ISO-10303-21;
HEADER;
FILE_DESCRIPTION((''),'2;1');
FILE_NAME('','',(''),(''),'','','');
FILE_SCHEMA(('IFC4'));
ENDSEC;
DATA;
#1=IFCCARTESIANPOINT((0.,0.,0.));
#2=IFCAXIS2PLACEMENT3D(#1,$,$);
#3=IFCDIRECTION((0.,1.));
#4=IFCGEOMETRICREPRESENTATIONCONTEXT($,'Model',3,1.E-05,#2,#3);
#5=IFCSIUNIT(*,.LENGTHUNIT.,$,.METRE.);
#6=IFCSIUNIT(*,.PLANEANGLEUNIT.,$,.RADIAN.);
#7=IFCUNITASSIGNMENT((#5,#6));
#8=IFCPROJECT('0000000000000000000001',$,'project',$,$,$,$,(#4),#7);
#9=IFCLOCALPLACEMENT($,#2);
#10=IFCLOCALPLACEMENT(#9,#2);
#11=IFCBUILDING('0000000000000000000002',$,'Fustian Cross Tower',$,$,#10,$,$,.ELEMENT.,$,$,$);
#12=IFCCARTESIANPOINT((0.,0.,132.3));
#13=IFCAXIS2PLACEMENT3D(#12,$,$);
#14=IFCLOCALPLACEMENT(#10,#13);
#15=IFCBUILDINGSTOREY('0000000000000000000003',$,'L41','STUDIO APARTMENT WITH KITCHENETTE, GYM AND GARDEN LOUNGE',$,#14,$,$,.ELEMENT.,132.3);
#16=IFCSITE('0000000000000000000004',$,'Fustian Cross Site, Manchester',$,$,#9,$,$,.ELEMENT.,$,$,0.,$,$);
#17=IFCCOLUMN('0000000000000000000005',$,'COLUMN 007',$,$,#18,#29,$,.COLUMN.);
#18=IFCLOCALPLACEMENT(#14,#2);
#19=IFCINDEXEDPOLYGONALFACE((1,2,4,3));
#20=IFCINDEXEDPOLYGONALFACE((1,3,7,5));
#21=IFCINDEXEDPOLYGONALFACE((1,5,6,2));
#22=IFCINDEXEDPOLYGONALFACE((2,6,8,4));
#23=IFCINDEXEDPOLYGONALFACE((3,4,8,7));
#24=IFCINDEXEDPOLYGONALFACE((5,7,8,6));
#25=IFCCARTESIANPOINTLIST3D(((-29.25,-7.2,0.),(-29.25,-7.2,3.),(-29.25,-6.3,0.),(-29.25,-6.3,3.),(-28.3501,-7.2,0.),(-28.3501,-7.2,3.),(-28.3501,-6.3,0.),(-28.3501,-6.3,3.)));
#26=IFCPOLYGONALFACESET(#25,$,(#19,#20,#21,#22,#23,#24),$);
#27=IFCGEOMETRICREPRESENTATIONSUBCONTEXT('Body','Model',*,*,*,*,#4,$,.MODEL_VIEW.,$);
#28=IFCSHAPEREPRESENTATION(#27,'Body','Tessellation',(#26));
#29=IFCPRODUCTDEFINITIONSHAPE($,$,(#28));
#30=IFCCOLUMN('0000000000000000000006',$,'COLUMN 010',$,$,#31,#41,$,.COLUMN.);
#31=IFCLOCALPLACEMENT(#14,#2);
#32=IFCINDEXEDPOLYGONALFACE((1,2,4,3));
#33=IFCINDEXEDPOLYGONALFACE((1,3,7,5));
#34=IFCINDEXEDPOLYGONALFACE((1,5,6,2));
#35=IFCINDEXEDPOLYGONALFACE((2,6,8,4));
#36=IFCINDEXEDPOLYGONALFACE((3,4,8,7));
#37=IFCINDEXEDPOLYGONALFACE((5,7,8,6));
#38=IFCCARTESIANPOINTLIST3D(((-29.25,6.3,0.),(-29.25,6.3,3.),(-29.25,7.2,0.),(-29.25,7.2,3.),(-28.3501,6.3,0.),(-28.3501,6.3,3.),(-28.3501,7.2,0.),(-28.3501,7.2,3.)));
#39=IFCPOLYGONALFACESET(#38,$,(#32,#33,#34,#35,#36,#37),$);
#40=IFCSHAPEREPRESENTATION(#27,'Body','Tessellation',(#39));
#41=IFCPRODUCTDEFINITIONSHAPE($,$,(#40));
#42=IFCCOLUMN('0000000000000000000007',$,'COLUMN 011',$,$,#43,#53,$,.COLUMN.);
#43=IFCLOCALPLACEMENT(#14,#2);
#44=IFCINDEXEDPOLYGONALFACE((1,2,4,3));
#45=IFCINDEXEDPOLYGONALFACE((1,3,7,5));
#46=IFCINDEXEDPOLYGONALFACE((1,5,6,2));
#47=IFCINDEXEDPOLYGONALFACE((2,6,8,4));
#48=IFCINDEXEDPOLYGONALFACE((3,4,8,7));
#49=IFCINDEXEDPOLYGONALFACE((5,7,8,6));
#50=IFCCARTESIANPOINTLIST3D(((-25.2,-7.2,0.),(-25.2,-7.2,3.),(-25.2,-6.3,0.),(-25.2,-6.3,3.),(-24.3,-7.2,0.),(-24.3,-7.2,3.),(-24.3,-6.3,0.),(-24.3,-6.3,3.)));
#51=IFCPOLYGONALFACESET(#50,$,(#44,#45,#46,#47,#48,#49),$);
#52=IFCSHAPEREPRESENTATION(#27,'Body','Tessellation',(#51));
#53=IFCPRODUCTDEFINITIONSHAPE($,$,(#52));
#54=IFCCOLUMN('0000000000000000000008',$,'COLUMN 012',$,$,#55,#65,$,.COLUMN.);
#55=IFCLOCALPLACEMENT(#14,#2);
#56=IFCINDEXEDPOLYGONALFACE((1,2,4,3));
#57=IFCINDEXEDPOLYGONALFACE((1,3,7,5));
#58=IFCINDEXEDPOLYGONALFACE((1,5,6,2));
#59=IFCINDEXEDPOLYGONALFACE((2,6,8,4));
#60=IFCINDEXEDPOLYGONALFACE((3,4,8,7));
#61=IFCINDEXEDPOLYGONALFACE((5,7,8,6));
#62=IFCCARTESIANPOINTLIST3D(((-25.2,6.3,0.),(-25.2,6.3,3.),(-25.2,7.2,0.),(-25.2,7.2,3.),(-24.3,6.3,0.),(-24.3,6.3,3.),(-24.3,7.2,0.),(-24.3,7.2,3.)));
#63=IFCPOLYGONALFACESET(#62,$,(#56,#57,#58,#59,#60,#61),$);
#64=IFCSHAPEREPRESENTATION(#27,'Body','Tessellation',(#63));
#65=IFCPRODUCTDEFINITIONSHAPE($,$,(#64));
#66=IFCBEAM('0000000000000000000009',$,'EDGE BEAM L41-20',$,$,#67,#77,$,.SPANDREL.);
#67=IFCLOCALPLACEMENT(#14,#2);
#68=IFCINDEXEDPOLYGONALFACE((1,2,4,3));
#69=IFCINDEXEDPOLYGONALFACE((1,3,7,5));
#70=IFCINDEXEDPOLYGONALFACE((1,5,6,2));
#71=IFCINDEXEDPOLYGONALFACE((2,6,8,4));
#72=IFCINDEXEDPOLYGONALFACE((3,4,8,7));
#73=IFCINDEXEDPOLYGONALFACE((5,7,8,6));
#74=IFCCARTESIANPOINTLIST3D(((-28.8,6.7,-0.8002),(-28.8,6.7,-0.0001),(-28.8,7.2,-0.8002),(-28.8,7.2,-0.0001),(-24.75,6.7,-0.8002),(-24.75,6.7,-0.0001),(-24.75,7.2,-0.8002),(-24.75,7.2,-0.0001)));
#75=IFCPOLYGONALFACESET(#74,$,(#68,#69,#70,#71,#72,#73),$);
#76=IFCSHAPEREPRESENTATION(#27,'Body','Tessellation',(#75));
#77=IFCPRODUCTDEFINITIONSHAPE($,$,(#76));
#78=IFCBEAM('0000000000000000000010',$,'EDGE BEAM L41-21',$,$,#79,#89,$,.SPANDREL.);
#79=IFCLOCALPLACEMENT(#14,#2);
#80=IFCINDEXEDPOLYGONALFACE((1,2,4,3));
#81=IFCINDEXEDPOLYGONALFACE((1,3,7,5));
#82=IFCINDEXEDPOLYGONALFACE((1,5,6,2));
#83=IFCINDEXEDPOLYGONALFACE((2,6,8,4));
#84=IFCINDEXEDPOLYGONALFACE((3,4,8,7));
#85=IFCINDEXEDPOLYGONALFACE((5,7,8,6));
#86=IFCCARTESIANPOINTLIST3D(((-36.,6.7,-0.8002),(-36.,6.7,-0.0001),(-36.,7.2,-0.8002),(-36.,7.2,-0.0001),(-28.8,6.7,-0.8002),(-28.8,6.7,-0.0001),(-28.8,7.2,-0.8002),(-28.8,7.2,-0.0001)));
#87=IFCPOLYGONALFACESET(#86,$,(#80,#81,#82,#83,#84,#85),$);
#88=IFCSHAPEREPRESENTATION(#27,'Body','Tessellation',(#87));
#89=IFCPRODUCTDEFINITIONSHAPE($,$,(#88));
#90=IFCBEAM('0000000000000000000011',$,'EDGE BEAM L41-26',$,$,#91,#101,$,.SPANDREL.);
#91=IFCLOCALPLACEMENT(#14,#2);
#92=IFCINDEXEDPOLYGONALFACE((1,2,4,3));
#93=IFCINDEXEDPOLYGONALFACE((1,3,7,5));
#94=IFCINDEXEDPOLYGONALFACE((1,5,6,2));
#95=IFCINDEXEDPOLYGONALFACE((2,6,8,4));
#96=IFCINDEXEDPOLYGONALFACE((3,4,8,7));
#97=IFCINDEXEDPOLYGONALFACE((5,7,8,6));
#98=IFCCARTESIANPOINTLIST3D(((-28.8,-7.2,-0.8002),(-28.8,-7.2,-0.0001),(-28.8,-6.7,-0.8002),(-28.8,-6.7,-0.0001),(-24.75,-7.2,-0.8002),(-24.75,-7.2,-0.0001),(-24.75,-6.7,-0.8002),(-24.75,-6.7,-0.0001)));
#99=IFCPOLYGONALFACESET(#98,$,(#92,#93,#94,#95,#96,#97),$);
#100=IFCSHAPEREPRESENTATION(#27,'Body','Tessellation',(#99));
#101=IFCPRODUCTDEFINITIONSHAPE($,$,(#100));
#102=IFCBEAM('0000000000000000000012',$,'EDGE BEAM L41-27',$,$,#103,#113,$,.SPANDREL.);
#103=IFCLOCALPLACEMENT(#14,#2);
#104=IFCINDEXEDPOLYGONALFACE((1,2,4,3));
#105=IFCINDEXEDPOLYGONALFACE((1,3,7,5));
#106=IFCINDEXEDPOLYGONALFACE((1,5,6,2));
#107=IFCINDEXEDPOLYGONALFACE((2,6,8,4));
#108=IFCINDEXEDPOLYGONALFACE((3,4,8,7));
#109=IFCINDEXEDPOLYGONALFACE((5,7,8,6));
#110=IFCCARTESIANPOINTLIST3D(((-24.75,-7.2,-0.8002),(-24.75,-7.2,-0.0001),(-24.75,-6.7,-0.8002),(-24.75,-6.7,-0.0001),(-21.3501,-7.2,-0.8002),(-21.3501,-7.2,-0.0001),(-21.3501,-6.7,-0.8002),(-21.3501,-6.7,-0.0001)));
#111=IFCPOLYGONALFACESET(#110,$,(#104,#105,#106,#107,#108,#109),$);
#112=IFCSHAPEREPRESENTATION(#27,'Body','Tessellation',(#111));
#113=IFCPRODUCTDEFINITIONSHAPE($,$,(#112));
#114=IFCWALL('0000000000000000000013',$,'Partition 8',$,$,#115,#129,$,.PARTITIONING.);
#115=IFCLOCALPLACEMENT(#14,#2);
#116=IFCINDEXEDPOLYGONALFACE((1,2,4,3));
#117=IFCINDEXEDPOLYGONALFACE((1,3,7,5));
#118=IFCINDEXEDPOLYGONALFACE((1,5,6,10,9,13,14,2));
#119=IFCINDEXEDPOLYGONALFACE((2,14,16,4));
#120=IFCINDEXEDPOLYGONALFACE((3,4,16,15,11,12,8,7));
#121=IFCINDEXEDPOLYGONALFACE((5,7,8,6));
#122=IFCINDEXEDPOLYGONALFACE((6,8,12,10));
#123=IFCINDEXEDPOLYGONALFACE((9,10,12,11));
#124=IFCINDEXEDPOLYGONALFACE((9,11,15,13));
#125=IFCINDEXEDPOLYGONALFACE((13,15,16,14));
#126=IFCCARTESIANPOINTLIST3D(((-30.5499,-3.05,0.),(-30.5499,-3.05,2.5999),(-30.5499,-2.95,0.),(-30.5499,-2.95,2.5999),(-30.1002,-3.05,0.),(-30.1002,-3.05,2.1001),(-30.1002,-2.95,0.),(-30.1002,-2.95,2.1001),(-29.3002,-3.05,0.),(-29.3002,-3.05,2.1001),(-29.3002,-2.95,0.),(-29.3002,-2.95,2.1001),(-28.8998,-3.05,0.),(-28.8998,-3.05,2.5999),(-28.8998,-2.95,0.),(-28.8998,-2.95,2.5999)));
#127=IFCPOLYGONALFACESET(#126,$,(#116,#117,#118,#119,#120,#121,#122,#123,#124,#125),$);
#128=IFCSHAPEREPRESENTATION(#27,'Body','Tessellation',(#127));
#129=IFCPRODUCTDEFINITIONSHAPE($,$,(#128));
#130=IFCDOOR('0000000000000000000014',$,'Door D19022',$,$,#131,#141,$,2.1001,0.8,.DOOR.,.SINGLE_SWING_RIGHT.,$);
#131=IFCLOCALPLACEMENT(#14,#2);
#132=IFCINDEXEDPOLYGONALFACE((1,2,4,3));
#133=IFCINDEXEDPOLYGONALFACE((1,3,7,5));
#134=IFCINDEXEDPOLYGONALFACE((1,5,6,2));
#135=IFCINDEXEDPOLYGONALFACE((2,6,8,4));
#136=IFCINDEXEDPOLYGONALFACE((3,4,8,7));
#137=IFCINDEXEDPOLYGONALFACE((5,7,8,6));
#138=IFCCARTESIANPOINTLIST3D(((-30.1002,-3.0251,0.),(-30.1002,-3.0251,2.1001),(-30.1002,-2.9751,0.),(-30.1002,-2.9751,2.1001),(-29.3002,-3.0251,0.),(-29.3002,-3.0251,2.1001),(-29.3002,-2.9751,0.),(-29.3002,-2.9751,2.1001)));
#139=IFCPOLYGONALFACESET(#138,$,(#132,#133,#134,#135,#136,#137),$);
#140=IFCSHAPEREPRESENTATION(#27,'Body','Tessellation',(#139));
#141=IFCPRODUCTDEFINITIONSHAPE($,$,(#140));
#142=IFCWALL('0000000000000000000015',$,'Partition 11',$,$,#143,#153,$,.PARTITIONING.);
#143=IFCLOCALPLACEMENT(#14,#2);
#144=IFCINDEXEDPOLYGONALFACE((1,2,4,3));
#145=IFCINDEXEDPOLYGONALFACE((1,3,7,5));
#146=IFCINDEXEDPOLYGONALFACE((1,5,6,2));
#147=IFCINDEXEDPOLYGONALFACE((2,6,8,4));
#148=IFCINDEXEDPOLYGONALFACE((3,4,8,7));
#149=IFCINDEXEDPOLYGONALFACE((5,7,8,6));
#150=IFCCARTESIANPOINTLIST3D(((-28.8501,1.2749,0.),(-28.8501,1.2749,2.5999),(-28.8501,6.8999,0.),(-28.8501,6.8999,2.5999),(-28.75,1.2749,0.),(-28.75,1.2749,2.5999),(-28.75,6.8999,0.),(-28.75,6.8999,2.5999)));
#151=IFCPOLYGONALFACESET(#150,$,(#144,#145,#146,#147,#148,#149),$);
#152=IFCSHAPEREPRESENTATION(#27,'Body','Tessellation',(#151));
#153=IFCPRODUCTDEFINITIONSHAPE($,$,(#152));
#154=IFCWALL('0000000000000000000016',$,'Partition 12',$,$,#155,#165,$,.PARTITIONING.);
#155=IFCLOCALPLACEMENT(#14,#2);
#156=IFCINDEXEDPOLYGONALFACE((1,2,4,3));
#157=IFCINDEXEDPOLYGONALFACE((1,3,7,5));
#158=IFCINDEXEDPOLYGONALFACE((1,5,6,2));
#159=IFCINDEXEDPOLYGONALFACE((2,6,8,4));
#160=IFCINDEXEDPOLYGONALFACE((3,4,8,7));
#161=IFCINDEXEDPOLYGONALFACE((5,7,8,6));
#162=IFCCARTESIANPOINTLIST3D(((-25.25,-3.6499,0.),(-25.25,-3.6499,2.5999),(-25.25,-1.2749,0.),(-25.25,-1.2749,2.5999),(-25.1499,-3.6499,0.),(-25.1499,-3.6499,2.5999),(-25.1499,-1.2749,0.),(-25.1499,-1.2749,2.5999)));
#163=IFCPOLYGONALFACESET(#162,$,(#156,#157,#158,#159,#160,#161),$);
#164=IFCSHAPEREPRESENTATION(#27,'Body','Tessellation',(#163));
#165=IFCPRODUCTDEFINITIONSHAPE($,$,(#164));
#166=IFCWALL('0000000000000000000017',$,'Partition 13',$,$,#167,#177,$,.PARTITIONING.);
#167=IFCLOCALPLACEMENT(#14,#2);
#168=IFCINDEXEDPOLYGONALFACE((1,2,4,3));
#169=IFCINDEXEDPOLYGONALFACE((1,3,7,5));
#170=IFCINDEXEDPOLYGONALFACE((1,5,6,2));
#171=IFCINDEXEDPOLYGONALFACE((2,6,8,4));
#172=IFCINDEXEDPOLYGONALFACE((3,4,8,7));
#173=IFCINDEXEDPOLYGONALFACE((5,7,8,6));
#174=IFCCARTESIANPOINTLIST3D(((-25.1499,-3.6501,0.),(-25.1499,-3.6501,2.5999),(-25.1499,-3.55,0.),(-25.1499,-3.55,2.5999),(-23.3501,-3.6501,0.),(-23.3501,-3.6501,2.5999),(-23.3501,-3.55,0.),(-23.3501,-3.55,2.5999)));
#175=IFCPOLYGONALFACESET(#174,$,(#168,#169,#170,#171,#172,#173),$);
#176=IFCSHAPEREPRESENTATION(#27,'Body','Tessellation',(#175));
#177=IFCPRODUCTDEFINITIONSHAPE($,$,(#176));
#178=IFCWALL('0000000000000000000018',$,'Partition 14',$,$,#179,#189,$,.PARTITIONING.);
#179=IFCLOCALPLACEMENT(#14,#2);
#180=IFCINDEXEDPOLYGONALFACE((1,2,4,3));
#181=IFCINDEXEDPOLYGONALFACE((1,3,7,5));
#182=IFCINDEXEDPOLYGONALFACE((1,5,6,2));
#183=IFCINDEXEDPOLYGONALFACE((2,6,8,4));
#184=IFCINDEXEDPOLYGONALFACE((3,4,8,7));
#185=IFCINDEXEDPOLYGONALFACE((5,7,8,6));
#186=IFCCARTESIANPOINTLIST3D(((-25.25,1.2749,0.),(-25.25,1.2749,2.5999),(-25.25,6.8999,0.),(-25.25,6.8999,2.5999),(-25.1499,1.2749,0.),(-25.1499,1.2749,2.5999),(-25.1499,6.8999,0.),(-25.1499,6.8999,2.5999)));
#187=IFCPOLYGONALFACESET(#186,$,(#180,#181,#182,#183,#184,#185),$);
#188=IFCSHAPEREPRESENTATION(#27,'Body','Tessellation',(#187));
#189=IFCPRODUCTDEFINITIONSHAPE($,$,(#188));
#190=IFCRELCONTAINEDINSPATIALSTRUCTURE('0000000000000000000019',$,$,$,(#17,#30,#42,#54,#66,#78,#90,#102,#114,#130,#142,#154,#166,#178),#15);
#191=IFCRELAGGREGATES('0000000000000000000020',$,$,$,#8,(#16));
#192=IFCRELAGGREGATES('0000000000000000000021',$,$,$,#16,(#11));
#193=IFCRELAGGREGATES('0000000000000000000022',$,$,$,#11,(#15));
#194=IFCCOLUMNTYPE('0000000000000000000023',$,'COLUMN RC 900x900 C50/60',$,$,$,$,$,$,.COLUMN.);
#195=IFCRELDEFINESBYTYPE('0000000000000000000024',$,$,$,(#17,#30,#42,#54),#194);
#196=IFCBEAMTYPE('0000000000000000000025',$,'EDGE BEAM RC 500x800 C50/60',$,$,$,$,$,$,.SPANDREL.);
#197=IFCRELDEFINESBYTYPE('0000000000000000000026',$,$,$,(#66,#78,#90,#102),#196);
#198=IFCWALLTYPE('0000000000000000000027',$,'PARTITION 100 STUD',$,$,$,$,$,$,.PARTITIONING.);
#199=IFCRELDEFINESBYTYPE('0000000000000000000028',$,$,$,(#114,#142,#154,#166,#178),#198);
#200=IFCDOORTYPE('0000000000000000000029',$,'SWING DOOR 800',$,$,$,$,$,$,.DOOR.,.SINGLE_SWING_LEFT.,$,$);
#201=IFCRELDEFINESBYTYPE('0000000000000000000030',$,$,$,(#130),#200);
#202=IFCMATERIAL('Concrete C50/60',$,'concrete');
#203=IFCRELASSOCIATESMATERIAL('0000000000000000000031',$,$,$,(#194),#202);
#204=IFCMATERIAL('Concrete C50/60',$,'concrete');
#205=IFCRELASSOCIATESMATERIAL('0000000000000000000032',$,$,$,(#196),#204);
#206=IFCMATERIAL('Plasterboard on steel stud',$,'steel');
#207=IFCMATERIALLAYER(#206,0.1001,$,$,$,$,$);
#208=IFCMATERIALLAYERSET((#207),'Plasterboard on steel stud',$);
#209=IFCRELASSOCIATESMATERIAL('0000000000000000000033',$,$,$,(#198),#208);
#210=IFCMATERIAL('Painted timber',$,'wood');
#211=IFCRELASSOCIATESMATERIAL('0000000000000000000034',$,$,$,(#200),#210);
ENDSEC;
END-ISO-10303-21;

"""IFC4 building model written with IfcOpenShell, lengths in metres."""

from ifc_helpers import new_model, si_unit, direction, frame, frame_2d, origin, origin_2d, place, context, subcontext, project, spatial, rectangle, extrude, material, layer, layer_set, material_profile, profile_set, type_object, element, fill, save


model = new_model("IFC4")

# Units and contexts
model_context = context("Model", 3, precision=1e-05, world=origin(), true_north=direction((0.0, 1.0)))
body_context = subcontext(model_context, "Body", "Model", "MODEL_VIEW")
ifc_project = project(units=[si_unit("LENGTHUNIT", "METRE"), si_unit("PLANEANGLEUNIT", "RADIAN")], contexts=[model_context])

# Site, building, storey
site_placement = place(None, origin())
site = spatial("IfcSite", under=ifc_project, at=site_placement, Name="Fustian Cross Site, Manchester", CompositionType="ELEMENT", RefElevation=0.0)
building_placement = place(site_placement, origin())
building = spatial("IfcBuilding", under=site, at=building_placement, Name="Fustian Cross Tower", CompositionType="ELEMENT")
storey_placement = place(building_placement, frame((0.0, 0.0, 132.3)))
storey = spatial("IfcBuildingStorey", under=building, at=storey_placement, Name="L41", Description="STUDIO APARTMENT WITH KITCHENETTE, GYM AND GARDEN LOUNGE", CompositionType="ELEMENT", Elevation=132.3)

# Columns
ifc_material_1 = material(Name="Concrete C50/60", Category="concrete")
ifc_material_profile_1 = material_profile(ifc_material_1, rectangle(XDim=0.8999, YDim=0.8999, at=origin_2d()), Name="RC 900x900")
ifc_profile_set_1 = profile_set([ifc_material_profile_1], Name="Concrete C50/60")
column_type = type_object("IfcColumnType", Name="COLUMN RC 900x900 C50/60", PredefinedType="COLUMN", material=ifc_profile_set_1)
for number, where, z_axis, x_axis, name in (
    (1, (-28.8, -6.75, 0.0), (0.0, 0.0, 1.0), (1.0, 0.0, 0.0), "COLUMN 007"),
    (2, (-28.8, 6.75, 0.0), (0.0, 0.0, 1.0), (1.0, 0.0, 0.0), "COLUMN 010"),
    (3, (-24.75, -6.75, 0.0), (0.0, 0.0, 1.0), (1.0, 0.0, 0.0), "COLUMN 011"),
    (4, (-24.75, 6.75, 0.0), (0.0, 0.0, 1.0), (1.0, 0.0, 0.0), "COLUMN 012"),
):
    element("IfcColumn", number, at=place(storey_placement, frame(where, z_axis=z_axis, x_axis=x_axis)), inside=storey, type_object=column_type, Name=name, PredefinedType="COLUMN", context=body_context, shape_type="SweptSolid", body=[
        extrude(rectangle(XDim=0.8999, YDim=0.8999, at=origin_2d()), origin(), (0.0, 0.0, 1.0), 3.0),
    ])

# Beams
ifc_material_2 = material(Name="Concrete C50/60", Category="concrete")
ifc_material_profile_2 = material_profile(ifc_material_2, rectangle(XDim=0.5, YDim=0.8, at=origin_2d()), Name="RC 500x800")
ifc_profile_set_2 = profile_set([ifc_material_profile_2], Name="Concrete C50/60")
beam_type = type_object("IfcBeamType", Name="EDGE BEAM RC 500x800 C50/60", PredefinedType="SPANDREL", material=ifc_profile_set_2)
beam_1_placement = place(storey_placement, frame((-24.75, 6.95, -0.4001), z_axis=(-1.0, 0.0, 0.0), x_axis=(0.0, -1.0, 0.0)))
element("IfcBeam", 5, at=beam_1_placement, inside=storey, type_object=beam_type, Name="EDGE BEAM L41-20", PredefinedType="SPANDREL", context=body_context, shape_type="SweptSolid", body=[
    extrude(rectangle(XDim=0.5, YDim=0.8, at=origin_2d()), origin(), (0.0, 0.0, 1.0), 4.05),
])
beam_2_placement = place(storey_placement, frame((-28.8, 6.95, -0.4001), z_axis=(-1.0, 0.0, 0.0), x_axis=(0.0, -1.0, 0.0)))
element("IfcBeam", 6, at=beam_2_placement, inside=storey, type_object=beam_type, Name="EDGE BEAM L41-21", PredefinedType="SPANDREL", context=body_context, shape_type="SweptSolid", body=[
    extrude(rectangle(XDim=0.5, YDim=0.8, at=origin_2d()), origin(), (0.0, 0.0, 1.0), 7.2),
])
beam_3_placement = place(storey_placement, frame((-28.8, -6.95, -0.4001), z_axis=(1.0, 0.0, 0.0), x_axis=(0.0, 1.0, 0.0)))
element("IfcBeam", 7, at=beam_3_placement, inside=storey, type_object=beam_type, Name="EDGE BEAM L41-26", PredefinedType="SPANDREL", context=body_context, shape_type="SweptSolid", body=[
    extrude(rectangle(XDim=0.5, YDim=0.8, at=origin_2d()), origin(), (0.0, 0.0, 1.0), 4.05),
])
beam_4_placement = place(storey_placement, frame((-24.75, -6.95, -0.4001), z_axis=(1.0, 0.0, 0.0), x_axis=(0.0, 1.0, 0.0)))
element("IfcBeam", 8, at=beam_4_placement, inside=storey, type_object=beam_type, Name="EDGE BEAM L41-27", PredefinedType="SPANDREL", context=body_context, shape_type="SweptSolid", body=[
    extrude(rectangle(XDim=0.5, YDim=0.8, at=origin_2d()), origin(), (0.0, 0.0, 1.0), 3.3999),
])

# Wall, opening, door
ifc_material_3 = material(Name="Plasterboard on steel stud", Category="steel")
ifc_layer_1 = layer(ifc_material_3, 0.1001)
ifc_layer_set_1 = layer_set([ifc_layer_1], Name="Plasterboard on steel stud")
wall_type_1 = type_object("IfcWallType", Name="PARTITION 100 STUD", PredefinedType="PARTITIONING", material=ifc_layer_set_1)
wall_1_placement = place(storey_placement, frame((-30.55, -3.0, 0.0), z_axis=(0.0, 0.0, 1.0), x_axis=(1.0, 0.0, 0.0)))
wall_1 = element("IfcWall", 9, at=wall_1_placement, inside=storey, type_object=wall_type_1, Name="Partition 8", PredefinedType="PARTITIONING", context=body_context, shape_type="SweptSolid", body=[
    extrude(rectangle(XDim=1.6501, YDim=0.1001, at=frame_2d((0.8252, 0.0))), origin(), (0.0, 0.0, 1.0), 2.5999),
])
opening_1_placement = place(wall_1_placement, frame((0.45, 0.0, 0.0)))
opening_1 = element("IfcOpeningElement", 10, at=opening_1_placement, cuts=wall_1, PredefinedType="OPENING", context=body_context, shape_type="SweptSolid", body=[
    extrude(rectangle(XDim=0.8, YDim=2.1001, at=frame_2d((0.3999, 1.05))), frame((0.0, 0.0601, 0.0), z_axis=(0.0, -1.0, 0.0), x_axis=(1.0, 0.0, 0.0)), (0.0, 0.0, 1.0), 0.1201),
])
ifc_material_4 = material(Name="Painted timber", Category="wood")
door_type = type_object("IfcDoorType", Name="SWING DOOR 800", OperationType="SINGLE_SWING_LEFT", PredefinedType="DOOR", material=ifc_material_4)
door_placement = place(opening_1_placement, origin())
door = element("IfcDoor", 11, at=door_placement, inside=storey, type_object=door_type, Name="Door D19022", OperationType="SINGLE_SWING_RIGHT", OverallHeight=2.1001, OverallWidth=0.8, PredefinedType="DOOR", context=body_context, shape_type="SweptSolid", body=[
    extrude(rectangle(XDim=0.8, YDim=2.1001, at=frame_2d((0.3999, 1.05))), frame((0.0, 0.0249, 0.0), z_axis=(0.0, -1.0, 0.0), x_axis=(1.0, 0.0, 0.0)), (0.0, 0.0, 1.0), 0.05),
])
fill(opening_1, door)

# Walls
wall_2_placement = place(storey_placement, frame((-28.8, 1.2749, 0.0), z_axis=(0.0, 0.0, 1.0), x_axis=(0.0, 1.0, 0.0)))
element("IfcWall", 12, at=wall_2_placement, inside=storey, type_object=wall_type_1, Name="Partition 11", PredefinedType="PARTITIONING", context=body_context, shape_type="SweptSolid", body=[
    extrude(rectangle(XDim=5.625, YDim=0.1001, at=frame_2d((2.8125, 0.0))), origin(), (0.0, 0.0, 1.0), 2.5999),
])
wall_3_placement = place(storey_placement, frame((-25.2, -3.6499, 0.0), z_axis=(0.0, 0.0, 1.0), x_axis=(0.0, 1.0, 0.0)))
element("IfcWall", 13, at=wall_3_placement, inside=storey, type_object=wall_type_1, Name="Partition 12", PredefinedType="PARTITIONING", context=body_context, shape_type="SweptSolid", body=[
    extrude(rectangle(XDim=2.375, YDim=0.1001, at=frame_2d((1.1875, 0.0))), origin(), (0.0, 0.0, 1.0), 2.5999),
])
wall_4_placement = place(storey_placement, frame((-25.1499, -3.6001, 0.0), z_axis=(0.0, 0.0, 1.0), x_axis=(1.0, 0.0, 0.0)))
element("IfcWall", 14, at=wall_4_placement, inside=storey, type_object=wall_type_1, Name="Partition 13", PredefinedType="PARTITIONING", context=body_context, shape_type="SweptSolid", body=[
    extrude(rectangle(XDim=1.7998, YDim=0.1001, at=frame_2d((0.8999, 0.0))), origin(), (0.0, 0.0, 1.0), 2.5999),
])
wall_5_placement = place(storey_placement, frame((-25.2, 1.2749, 0.0), z_axis=(0.0, 0.0, 1.0), x_axis=(0.0, 1.0, 0.0)))
element("IfcWall", 15, at=wall_5_placement, inside=storey, type_object=wall_type_1, Name="Partition 14", PredefinedType="PARTITIONING", context=body_context, shape_type="SweptSolid", body=[
    extrude(rectangle(XDim=5.625, YDim=0.1001, at=frame_2d((2.8125, 0.0))), origin(), (0.0, 0.0, 1.0), 2.5999),
])

save(model, "model.ifc")
